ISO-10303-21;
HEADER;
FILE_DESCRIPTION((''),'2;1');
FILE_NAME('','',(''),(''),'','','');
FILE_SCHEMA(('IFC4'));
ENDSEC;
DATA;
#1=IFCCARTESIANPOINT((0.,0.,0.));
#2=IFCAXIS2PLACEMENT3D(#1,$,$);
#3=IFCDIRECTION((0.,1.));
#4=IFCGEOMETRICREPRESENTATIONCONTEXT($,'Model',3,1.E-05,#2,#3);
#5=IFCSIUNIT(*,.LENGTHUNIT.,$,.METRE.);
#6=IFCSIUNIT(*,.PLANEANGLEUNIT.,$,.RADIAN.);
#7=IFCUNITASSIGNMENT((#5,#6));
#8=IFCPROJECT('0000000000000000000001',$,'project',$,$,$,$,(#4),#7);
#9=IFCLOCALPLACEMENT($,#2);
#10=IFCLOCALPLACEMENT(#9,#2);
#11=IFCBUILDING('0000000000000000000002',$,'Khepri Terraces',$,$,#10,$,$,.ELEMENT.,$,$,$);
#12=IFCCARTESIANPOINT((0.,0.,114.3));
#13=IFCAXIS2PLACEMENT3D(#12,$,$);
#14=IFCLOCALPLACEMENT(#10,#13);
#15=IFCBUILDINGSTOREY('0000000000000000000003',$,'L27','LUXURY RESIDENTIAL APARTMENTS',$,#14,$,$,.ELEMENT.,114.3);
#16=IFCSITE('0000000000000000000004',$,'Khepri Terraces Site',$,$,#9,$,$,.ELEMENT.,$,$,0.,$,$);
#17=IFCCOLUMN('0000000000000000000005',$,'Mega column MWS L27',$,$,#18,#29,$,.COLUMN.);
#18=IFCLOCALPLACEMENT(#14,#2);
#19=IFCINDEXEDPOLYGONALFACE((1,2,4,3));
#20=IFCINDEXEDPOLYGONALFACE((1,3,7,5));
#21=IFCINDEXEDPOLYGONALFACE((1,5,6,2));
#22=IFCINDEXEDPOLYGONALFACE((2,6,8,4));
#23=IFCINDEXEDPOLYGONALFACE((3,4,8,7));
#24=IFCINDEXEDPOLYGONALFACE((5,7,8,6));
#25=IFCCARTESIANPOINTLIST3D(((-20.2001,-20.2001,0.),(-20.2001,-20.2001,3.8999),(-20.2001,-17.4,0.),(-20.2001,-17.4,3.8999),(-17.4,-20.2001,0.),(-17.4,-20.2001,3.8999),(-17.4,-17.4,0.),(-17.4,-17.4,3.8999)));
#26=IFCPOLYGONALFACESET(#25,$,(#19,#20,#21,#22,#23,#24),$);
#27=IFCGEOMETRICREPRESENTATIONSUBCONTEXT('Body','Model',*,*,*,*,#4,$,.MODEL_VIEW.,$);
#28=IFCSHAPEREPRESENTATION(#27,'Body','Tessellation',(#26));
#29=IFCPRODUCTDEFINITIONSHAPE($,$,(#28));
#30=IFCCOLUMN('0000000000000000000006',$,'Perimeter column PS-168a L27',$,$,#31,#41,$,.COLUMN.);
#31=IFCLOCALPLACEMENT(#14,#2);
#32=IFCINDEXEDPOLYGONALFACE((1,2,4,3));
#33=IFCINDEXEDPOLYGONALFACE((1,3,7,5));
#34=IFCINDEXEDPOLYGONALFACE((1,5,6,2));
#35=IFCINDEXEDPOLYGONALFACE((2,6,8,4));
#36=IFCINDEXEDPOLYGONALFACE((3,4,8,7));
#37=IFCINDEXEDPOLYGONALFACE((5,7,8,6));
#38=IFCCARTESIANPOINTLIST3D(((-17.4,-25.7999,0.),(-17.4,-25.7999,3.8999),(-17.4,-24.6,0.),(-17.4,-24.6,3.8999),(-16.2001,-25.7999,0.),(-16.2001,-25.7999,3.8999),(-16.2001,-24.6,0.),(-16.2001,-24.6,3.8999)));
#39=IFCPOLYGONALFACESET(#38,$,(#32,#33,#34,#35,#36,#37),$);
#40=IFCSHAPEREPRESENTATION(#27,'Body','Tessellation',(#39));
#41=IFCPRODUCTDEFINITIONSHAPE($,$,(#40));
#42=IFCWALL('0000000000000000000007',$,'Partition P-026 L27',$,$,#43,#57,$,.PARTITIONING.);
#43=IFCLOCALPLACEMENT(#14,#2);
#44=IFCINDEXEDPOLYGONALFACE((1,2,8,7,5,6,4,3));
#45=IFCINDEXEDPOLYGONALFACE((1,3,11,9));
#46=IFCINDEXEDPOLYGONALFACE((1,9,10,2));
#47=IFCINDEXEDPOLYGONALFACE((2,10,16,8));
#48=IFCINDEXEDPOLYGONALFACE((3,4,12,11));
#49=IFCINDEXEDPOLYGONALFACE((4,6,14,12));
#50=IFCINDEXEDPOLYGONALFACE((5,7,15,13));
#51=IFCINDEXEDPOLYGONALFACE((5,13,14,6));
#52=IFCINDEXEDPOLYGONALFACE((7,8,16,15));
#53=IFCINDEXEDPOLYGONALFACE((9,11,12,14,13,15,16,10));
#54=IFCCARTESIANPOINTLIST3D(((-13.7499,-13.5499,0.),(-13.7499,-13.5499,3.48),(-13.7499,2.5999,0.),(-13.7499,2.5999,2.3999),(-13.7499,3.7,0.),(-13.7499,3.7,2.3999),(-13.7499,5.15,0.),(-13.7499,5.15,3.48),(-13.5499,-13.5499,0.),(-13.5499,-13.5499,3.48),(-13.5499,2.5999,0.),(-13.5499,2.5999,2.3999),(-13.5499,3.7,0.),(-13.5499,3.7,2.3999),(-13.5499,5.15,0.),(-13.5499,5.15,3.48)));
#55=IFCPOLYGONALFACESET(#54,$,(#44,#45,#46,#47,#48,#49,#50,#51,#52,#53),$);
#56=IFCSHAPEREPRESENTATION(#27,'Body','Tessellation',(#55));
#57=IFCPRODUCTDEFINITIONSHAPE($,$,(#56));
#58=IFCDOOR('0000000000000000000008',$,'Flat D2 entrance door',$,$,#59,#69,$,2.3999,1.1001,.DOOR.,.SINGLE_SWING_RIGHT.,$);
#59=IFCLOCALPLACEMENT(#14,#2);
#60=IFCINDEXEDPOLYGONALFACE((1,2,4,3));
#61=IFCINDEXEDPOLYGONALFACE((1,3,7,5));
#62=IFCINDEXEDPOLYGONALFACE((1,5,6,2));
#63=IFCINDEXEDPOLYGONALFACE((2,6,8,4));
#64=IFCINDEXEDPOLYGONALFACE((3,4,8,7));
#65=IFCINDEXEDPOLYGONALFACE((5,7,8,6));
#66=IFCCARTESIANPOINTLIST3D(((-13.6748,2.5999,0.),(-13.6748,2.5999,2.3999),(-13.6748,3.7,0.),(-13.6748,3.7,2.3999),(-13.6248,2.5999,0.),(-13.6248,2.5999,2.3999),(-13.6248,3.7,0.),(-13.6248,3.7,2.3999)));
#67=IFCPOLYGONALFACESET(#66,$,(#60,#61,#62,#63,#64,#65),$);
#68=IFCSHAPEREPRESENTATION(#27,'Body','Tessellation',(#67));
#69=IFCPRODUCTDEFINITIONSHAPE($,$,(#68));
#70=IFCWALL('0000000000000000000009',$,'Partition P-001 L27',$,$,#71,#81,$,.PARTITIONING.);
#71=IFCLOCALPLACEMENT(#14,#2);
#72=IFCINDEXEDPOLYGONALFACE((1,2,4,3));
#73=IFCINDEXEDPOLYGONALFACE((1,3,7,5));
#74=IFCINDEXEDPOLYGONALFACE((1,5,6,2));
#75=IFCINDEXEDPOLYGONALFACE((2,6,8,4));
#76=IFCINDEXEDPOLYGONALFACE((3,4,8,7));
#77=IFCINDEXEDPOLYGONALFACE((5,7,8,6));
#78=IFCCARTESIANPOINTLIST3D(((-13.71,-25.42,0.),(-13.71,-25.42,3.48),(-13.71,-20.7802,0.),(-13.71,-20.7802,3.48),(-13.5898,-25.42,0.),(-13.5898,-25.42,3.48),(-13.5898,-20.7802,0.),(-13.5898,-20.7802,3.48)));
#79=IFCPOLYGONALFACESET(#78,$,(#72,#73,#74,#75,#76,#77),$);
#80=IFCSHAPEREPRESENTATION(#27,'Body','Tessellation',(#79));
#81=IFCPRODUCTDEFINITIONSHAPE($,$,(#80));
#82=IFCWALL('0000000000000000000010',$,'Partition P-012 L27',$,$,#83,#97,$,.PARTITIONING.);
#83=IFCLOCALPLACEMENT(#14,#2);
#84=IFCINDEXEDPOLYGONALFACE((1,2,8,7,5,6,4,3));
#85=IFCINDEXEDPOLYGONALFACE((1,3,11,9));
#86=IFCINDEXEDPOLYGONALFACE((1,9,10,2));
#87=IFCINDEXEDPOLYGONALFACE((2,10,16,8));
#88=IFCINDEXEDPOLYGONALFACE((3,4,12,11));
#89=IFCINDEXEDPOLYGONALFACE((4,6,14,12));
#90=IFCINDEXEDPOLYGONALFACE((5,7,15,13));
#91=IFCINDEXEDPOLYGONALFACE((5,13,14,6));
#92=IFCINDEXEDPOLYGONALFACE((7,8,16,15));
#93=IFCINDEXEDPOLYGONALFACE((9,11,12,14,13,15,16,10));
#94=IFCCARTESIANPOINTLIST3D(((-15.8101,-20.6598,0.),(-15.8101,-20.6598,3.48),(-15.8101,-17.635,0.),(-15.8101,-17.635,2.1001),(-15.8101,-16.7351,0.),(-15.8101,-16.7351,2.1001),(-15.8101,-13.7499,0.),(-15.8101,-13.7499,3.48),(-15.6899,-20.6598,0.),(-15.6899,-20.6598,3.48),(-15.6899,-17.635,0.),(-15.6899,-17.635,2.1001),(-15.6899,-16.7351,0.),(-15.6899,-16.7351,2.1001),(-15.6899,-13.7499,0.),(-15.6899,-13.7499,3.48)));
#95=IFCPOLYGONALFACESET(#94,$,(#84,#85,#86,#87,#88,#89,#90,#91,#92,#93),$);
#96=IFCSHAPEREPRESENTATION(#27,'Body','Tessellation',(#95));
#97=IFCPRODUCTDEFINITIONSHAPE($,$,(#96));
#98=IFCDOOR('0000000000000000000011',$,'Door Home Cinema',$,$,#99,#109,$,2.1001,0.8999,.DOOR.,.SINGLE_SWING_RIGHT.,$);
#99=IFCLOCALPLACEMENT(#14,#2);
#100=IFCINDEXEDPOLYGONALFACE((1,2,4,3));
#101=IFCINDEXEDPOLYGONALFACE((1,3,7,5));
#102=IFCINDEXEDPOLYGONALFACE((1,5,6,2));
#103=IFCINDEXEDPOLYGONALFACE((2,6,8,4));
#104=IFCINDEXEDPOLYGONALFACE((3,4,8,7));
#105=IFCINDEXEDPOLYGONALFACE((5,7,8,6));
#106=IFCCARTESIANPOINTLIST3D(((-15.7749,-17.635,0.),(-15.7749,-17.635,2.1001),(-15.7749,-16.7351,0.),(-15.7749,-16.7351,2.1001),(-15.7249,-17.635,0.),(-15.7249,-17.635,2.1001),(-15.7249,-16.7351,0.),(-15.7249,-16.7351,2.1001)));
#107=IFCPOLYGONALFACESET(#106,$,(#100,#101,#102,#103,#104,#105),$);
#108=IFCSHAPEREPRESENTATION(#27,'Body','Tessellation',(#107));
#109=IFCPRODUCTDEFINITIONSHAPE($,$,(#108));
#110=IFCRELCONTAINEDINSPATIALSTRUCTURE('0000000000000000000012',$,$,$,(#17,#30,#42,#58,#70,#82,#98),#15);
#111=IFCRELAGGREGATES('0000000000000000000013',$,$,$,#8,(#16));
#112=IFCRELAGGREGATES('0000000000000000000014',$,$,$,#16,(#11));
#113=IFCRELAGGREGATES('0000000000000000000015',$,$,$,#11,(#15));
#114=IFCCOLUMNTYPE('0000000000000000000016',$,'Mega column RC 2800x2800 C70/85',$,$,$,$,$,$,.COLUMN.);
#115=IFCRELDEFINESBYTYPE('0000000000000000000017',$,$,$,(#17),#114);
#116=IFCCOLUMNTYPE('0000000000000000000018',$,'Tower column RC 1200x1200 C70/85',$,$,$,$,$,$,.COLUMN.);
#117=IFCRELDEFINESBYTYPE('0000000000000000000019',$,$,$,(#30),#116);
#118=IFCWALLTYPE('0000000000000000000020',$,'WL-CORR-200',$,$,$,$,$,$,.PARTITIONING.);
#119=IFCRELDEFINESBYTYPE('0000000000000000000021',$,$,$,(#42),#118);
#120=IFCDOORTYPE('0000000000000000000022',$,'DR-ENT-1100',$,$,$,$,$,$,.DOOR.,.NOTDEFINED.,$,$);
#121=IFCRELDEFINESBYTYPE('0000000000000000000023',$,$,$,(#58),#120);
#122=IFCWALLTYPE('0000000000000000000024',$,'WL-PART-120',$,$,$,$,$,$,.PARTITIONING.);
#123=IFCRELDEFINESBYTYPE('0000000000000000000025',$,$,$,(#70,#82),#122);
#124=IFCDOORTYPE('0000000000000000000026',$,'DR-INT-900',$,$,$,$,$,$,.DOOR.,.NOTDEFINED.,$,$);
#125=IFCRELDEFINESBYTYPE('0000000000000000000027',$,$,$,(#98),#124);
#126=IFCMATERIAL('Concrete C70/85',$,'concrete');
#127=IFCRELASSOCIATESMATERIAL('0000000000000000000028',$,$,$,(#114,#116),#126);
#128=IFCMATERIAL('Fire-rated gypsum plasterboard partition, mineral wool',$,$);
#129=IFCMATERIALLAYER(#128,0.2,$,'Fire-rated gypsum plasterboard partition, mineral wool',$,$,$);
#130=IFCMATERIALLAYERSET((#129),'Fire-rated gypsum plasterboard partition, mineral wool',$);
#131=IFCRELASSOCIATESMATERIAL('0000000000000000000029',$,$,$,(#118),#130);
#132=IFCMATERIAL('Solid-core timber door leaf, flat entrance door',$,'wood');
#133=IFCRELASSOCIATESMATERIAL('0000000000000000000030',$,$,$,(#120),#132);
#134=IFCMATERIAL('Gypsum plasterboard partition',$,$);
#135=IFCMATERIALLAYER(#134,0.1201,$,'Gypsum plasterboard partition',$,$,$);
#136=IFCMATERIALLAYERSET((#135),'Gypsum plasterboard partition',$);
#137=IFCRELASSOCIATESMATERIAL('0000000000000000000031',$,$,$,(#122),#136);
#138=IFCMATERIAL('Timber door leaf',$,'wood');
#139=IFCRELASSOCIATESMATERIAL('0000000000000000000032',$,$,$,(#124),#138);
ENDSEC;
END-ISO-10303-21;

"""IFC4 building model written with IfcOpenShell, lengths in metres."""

from ifc_helpers import new_model, si_unit, direction, frame, frame_2d, origin, origin_2d, place, context, subcontext, project, spatial, rectangle, extrude, material, layer, layer_set, material_profile, profile_set, type_object, element, fill, save


model = new_model("IFC4")

# Units and contexts
model_context = context("Model", 3, precision=1e-05, world=origin(), true_north=direction((0.0, 1.0)))
body_context = subcontext(model_context, "Body", "Model", "MODEL_VIEW")
ifc_project = project(units=[si_unit("LENGTHUNIT", "METRE"), si_unit("PLANEANGLEUNIT", "RADIAN")], contexts=[model_context])

# Site, building, storey
site_placement = place(None, origin())
site = spatial("IfcSite", under=ifc_project, at=site_placement, Name="Khepri Terraces Site", CompositionType="ELEMENT", RefElevation=0.0)
building_placement = place(site_placement, origin())
building = spatial("IfcBuilding", under=site, at=building_placement, Name="Khepri Terraces", CompositionType="ELEMENT")
storey_placement = place(building_placement, frame((0.0, 0.0, 114.3)))
storey = spatial("IfcBuildingStorey", under=building, at=storey_placement, Name="L27", Description="LUXURY RESIDENTIAL APARTMENTS", CompositionType="ELEMENT", Elevation=114.3)

# Columns
ifc_material_1 = material(Name="Concrete C70/85", Category="concrete")
ifc_material_profile_1 = material_profile(ifc_material_1, rectangle(XDim=2.8, YDim=2.8, at=origin_2d()), Name="Concrete C70/85", Category="concrete")
ifc_profile_set_1 = profile_set([ifc_material_profile_1], Name="Concrete C70/85")
column_type_1 = type_object("IfcColumnType", Name="Mega column RC 2800x2800 C70/85", PredefinedType="COLUMN", material=ifc_profile_set_1)
column_1_placement = place(storey_placement, frame((-18.8, -18.8, 0.0), z_axis=(0.0, 0.0, 1.0), x_axis=(1.0, 0.0, 0.0)))
element("IfcColumn", 1, at=column_1_placement, inside=storey, type_object=column_type_1, Name="Mega column MWS L27", PredefinedType="COLUMN", context=body_context, shape_type="SweptSolid", body=[
    extrude(rectangle(XDim=2.8, YDim=2.8, at=origin_2d()), origin(), (0.0, 0.0, 1.0), 3.8999),
])
ifc_material_profile_2 = material_profile(ifc_material_1, rectangle(XDim=1.2, YDim=1.2, at=origin_2d()), Name="Concrete C70/85", Category="concrete")
ifc_profile_set_2 = profile_set([ifc_material_profile_2], Name="Concrete C70/85")
column_type_2 = type_object("IfcColumnType", Name="Tower column RC 1200x1200 C70/85", PredefinedType="COLUMN", material=ifc_profile_set_2)
column_2_placement = place(storey_placement, frame((-16.8, -25.2, 0.0), z_axis=(0.0, 0.0, 1.0), x_axis=(1.0, 0.0, 0.0)))
element("IfcColumn", 2, at=column_2_placement, inside=storey, type_object=column_type_2, Name="Perimeter column PS-168a L27", PredefinedType="COLUMN", context=body_context, shape_type="SweptSolid", body=[
    extrude(rectangle(XDim=1.2, YDim=1.2, at=origin_2d()), origin(), (0.0, 0.0, 1.0), 3.8999),
])

# Wall, opening, door
ifc_material_2 = material(Name="Fire-rated gypsum plasterboard partition, mineral wool")
ifc_layer_1 = layer(ifc_material_2, 0.2, Name="Fire-rated gypsum plasterboard partition, mineral wool")
ifc_layer_set_1 = layer_set([ifc_layer_1], Name="Fire-rated gypsum plasterboard partition, mineral wool")
wall_type_1 = type_object("IfcWallType", Name="WL-CORR-200", PredefinedType="PARTITIONING", material=ifc_layer_set_1)
wall_1_placement = place(storey_placement, frame((-13.6499, -13.55, 0.0), z_axis=(0.0, 0.0, 1.0), x_axis=(0.0, 1.0, 0.0)))
wall_1 = element("IfcWall", 3, at=wall_1_placement, inside=storey, type_object=wall_type_1, Name="Partition P-026 L27", PredefinedType="PARTITIONING", context=body_context, shape_type="SweptSolid", body=[
    extrude(rectangle(XDim=18.7, YDim=0.2, at=frame_2d((9.3501, 0.0))), origin(), (0.0, 0.0, 1.0), 3.48),
])
opening_1_placement = place(wall_1_placement, frame((16.1499, 0.0, 0.0)))
opening_1 = element("IfcOpeningElement", 4, at=opening_1_placement, cuts=wall_1, PredefinedType="OPENING", context=body_context, shape_type="SweptSolid", body=[
    extrude(rectangle(XDim=1.1001, YDim=2.3999, at=frame_2d((0.55, 1.2))), frame((0.0, 0.1099, 0.0), z_axis=(0.0, -1.0, 0.0), x_axis=(1.0, 0.0, 0.0)), (0.0, 0.0, 1.0), 0.22),
])
ifc_material_3 = material(Name="Solid-core timber door leaf, flat entrance door", Category="wood")
door_type_1 = type_object("IfcDoorType", Name="DR-ENT-1100", OperationType="NOTDEFINED", PredefinedType="DOOR", material=ifc_material_3)
door_1_placement = place(opening_1_placement, origin())
door_1 = element("IfcDoor", 5, at=door_1_placement, inside=storey, type_object=door_type_1, Name="Flat D2 entrance door", OperationType="SINGLE_SWING_RIGHT", OverallHeight=2.3999, OverallWidth=1.1001, PredefinedType="DOOR", context=body_context, shape_type="SweptSolid", body=[
    extrude(rectangle(XDim=1.1001, YDim=2.3999, at=frame_2d((0.55, 1.2))), frame((0.0, 0.0249, 0.0), z_axis=(0.0, -1.0, 0.0), x_axis=(1.0, 0.0, 0.0)), (0.0, 0.0, 1.0), 0.05),
])
fill(opening_1, door_1)

# Wall
ifc_material_4 = material(Name="Gypsum plasterboard partition")
ifc_layer_2 = layer(ifc_material_4, 0.1201, Name="Gypsum plasterboard partition")
ifc_layer_set_2 = layer_set([ifc_layer_2], Name="Gypsum plasterboard partition")
wall_type_2 = type_object("IfcWallType", Name="WL-PART-120", PredefinedType="PARTITIONING", material=ifc_layer_set_2)
wall_2_placement = place(storey_placement, frame((-13.6499, -25.4199, 0.0), z_axis=(0.0, 0.0, 1.0), x_axis=(0.0, 1.0, 0.0)))
element("IfcWall", 6, at=wall_2_placement, inside=storey, type_object=wall_type_2, Name="Partition P-001 L27", PredefinedType="PARTITIONING", context=body_context, shape_type="SweptSolid", body=[
    extrude(rectangle(XDim=4.6399, YDim=0.1201, at=frame_2d((2.3198, 0.0))), origin(), (0.0, 0.0, 1.0), 3.48),
])

# Wall, opening, door
wall_3_placement = place(storey_placement, frame((-15.75, -20.6599, 0.0), z_axis=(0.0, 0.0, 1.0), x_axis=(0.0, 1.0, 0.0)))
wall_3 = element("IfcWall", 7, at=wall_3_placement, inside=storey, type_object=wall_type_2, Name="Partition P-012 L27", PredefinedType="PARTITIONING", context=body_context, shape_type="SweptSolid", body=[
    extrude(rectangle(XDim=6.9099, YDim=0.1201, at=frame_2d((3.4551, 0.0))), origin(), (0.0, 0.0, 1.0), 3.48),
])
opening_2_placement = place(wall_3_placement, frame((3.0249, 0.0, 0.0)))
opening_2 = element("IfcOpeningElement", 8, at=opening_2_placement, cuts=wall_3, PredefinedType="OPENING", context=body_context, shape_type="SweptSolid", body=[
    extrude(rectangle(XDim=0.8999, YDim=2.1001, at=frame_2d((0.45, 1.05))), frame((0.0, 0.0701, 0.0), z_axis=(0.0, -1.0, 0.0), x_axis=(1.0, 0.0, 0.0)), (0.0, 0.0, 1.0), 0.1401),
])
ifc_material_5 = material(Name="Timber door leaf", Category="wood")
door_type_2 = type_object("IfcDoorType", Name="DR-INT-900", OperationType="NOTDEFINED", PredefinedType="DOOR", material=ifc_material_5)
door_2_placement = place(opening_2_placement, origin())
door_2 = element("IfcDoor", 9, at=door_2_placement, inside=storey, type_object=door_type_2, Name="Door Home Cinema", OperationType="SINGLE_SWING_RIGHT", OverallHeight=2.1001, OverallWidth=0.8999, PredefinedType="DOOR", context=body_context, shape_type="SweptSolid", body=[
    extrude(rectangle(XDim=0.8999, YDim=2.1001, at=frame_2d((0.45, 1.05))), frame((0.0, 0.0249, 0.0), z_axis=(0.0, -1.0, 0.0), x_axis=(1.0, 0.0, 0.0)), (0.0, 0.0, 1.0), 0.05),
])
fill(opening_2, door_2)

save(model, "model.ifc")
